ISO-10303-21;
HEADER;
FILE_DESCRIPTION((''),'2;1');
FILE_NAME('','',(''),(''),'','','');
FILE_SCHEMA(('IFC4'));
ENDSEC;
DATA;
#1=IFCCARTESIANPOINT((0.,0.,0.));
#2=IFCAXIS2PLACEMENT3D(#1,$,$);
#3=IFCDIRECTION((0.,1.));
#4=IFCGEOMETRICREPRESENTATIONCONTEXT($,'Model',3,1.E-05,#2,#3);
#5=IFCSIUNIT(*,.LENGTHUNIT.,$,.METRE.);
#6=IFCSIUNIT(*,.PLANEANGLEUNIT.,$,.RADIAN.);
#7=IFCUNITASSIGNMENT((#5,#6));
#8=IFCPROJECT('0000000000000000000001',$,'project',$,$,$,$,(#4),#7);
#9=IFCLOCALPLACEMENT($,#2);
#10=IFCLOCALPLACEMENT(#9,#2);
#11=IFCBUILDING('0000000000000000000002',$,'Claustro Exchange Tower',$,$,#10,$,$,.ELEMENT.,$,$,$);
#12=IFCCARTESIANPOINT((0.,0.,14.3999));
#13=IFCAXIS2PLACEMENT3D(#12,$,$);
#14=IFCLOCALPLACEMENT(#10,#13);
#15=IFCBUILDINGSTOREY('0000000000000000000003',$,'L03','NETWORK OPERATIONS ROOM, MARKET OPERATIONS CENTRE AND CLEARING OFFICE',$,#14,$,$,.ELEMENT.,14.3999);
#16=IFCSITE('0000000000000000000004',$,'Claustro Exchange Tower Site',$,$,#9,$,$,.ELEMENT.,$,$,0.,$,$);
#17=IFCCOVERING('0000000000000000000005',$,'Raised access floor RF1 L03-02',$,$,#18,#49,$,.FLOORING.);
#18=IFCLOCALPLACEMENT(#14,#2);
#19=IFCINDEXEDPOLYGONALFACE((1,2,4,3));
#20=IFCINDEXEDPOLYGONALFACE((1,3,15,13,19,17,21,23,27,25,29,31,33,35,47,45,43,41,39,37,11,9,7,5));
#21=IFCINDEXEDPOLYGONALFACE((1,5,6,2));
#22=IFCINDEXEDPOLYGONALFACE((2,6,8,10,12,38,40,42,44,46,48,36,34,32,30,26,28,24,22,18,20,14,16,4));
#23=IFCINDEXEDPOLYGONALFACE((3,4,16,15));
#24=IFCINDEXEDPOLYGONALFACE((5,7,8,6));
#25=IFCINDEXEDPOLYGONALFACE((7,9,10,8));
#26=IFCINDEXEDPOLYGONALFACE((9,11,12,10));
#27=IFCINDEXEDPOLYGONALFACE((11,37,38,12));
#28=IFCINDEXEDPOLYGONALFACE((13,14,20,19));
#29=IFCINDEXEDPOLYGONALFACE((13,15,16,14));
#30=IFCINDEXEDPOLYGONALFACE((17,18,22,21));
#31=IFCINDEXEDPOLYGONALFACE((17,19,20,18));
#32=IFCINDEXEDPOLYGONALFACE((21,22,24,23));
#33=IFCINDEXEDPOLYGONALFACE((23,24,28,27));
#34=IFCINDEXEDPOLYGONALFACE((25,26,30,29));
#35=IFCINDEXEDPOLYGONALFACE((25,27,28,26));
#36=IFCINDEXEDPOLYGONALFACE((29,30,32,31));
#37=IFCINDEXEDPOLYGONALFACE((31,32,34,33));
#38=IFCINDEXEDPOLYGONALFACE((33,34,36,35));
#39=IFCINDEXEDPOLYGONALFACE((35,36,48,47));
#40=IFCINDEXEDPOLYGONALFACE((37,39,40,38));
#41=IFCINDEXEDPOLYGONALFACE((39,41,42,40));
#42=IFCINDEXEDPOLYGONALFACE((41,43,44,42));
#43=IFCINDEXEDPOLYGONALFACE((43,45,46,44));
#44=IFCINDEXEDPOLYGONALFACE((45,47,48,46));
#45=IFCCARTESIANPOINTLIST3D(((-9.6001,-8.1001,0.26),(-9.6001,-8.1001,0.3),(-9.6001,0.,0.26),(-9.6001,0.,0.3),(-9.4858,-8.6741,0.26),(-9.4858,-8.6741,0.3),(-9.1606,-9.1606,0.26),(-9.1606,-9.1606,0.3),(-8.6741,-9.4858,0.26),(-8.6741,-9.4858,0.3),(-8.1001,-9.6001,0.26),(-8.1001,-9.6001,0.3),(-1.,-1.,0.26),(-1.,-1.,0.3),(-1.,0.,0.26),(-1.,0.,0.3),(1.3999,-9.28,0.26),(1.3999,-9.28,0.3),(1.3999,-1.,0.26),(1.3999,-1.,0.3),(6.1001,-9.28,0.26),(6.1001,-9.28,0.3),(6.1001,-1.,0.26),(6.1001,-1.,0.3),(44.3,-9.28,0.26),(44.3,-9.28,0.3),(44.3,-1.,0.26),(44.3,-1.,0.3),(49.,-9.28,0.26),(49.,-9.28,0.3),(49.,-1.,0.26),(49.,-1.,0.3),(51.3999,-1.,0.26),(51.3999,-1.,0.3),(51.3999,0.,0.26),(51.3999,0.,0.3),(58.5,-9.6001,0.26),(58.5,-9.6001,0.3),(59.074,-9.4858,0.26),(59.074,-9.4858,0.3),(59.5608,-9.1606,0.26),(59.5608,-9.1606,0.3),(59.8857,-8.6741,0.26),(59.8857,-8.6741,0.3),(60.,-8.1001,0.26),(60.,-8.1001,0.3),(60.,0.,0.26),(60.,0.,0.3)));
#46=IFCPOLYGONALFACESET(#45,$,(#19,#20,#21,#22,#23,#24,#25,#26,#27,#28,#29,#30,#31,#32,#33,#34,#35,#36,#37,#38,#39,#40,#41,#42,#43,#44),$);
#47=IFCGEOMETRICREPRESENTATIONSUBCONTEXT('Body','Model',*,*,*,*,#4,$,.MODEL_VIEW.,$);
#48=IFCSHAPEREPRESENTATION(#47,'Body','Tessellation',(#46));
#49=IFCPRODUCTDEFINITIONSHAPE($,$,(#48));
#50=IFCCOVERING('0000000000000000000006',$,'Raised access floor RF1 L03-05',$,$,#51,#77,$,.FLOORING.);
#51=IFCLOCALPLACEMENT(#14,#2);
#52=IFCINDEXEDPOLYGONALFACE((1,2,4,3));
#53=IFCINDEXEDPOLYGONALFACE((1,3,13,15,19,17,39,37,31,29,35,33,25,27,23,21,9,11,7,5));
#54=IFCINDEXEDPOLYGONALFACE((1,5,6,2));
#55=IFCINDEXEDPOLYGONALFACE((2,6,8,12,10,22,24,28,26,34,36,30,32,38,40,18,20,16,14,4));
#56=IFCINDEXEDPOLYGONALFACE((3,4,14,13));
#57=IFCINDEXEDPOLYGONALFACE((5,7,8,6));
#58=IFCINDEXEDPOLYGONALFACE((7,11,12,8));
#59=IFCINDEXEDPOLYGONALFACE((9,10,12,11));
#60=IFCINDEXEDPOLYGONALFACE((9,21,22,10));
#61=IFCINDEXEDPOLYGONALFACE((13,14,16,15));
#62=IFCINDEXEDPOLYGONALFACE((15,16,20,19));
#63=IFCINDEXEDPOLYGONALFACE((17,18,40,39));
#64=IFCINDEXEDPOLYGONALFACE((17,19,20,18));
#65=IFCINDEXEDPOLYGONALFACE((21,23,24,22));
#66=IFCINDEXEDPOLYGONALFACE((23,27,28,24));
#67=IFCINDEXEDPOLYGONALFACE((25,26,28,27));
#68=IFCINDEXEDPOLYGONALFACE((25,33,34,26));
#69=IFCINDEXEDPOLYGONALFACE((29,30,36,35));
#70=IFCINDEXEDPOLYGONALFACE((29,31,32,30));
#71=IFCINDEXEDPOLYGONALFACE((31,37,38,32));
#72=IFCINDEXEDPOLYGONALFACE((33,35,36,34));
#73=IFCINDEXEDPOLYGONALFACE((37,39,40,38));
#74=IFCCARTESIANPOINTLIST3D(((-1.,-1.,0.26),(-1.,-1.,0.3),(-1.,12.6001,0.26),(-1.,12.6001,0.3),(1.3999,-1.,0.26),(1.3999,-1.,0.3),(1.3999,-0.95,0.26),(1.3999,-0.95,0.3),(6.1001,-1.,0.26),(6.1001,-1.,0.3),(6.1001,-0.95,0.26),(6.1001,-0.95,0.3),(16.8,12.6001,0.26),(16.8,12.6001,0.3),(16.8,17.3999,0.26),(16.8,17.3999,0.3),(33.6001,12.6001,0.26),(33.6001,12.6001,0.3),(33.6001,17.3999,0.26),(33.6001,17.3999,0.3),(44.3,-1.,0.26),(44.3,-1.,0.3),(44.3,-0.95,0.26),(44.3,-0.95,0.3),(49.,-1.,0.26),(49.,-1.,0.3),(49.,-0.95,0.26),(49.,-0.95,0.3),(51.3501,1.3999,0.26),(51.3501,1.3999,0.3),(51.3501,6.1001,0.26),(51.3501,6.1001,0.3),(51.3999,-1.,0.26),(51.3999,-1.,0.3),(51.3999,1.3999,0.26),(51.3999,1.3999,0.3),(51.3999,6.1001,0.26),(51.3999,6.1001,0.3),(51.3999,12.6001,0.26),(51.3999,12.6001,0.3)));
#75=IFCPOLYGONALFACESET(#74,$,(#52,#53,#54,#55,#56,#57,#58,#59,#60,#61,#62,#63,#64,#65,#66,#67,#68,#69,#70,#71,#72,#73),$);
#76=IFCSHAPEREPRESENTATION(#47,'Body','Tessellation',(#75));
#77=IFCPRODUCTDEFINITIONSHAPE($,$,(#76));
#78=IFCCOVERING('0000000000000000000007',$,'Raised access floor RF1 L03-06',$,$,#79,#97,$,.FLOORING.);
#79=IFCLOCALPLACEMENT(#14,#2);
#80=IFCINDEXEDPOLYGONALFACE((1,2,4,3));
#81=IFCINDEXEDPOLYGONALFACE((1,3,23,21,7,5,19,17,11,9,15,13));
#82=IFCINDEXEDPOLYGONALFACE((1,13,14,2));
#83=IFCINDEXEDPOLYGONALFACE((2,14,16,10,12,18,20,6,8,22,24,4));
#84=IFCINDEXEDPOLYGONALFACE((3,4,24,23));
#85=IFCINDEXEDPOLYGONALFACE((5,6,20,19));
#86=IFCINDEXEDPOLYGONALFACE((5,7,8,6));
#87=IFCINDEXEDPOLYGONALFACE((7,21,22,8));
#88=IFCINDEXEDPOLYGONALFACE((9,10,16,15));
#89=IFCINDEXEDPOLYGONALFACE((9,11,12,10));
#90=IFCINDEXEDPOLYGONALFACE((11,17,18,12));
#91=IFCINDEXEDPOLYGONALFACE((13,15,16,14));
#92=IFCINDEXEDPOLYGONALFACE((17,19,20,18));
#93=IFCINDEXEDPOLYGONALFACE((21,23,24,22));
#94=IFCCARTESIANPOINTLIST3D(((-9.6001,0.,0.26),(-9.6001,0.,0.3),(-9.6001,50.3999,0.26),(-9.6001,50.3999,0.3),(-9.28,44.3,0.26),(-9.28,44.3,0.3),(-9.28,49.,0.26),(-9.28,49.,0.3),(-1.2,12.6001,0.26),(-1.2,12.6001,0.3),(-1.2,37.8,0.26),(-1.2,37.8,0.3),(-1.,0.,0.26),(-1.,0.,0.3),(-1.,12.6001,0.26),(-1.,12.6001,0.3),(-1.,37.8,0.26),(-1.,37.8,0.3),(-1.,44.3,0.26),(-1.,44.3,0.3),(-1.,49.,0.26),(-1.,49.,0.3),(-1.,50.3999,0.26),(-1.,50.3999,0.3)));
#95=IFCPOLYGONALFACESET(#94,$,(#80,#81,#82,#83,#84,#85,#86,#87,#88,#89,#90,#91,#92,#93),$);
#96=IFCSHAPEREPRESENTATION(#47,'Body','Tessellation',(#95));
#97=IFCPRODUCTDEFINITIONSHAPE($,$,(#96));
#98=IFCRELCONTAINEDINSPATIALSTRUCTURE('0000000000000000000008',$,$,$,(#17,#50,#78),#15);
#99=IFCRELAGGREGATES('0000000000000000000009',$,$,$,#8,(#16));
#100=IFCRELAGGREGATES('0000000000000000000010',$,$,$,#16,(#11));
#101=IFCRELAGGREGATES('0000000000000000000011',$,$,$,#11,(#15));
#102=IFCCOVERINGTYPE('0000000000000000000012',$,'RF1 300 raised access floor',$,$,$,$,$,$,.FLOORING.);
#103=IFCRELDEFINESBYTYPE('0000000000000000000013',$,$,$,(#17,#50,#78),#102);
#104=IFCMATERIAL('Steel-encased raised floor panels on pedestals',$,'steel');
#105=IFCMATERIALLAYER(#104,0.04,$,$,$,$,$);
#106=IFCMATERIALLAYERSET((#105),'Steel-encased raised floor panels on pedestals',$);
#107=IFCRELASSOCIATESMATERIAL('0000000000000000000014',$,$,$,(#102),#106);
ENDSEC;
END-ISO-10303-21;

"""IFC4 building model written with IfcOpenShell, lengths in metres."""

from ifc_helpers import new_model, si_unit, direction, frame, origin, place, context, subcontext, project, spatial, polyline, outline, extrude, material, layer, layer_set, type_object, element, save


model = new_model("IFC4")

# Units and contexts
model_context = context("Model", 3, precision=1e-05, world=origin(), true_north=direction((0.0, 1.0)))
body_context = subcontext(model_context, "Body", "Model", "MODEL_VIEW")
ifc_project = project(units=[si_unit("LENGTHUNIT", "METRE"), si_unit("PLANEANGLEUNIT", "RADIAN")], contexts=[model_context])

# Site, building, storey
site_placement = place(None, origin())
site = spatial("IfcSite", under=ifc_project, at=site_placement, Name="Claustro Exchange Tower Site", CompositionType="ELEMENT", RefElevation=0.0)
building_placement = place(site_placement, origin())
building = spatial("IfcBuilding", under=site, at=building_placement, Name="Claustro Exchange Tower", CompositionType="ELEMENT")
storey_placement = place(building_placement, frame((0.0, 0.0, 14.3999)))
storey = spatial("IfcBuildingStorey", under=building, at=storey_placement, Name="L03", Description="NETWORK OPERATIONS ROOM, MARKET OPERATIONS CENTRE AND CLEARING OFFICE", CompositionType="ELEMENT", Elevation=14.3999)

# Coverings
ifc_material_1 = material(Name="Steel-encased raised floor panels on pedestals", Category="steel")
ifc_layer_1 = layer(ifc_material_1, 0.04)
ifc_layer_set_1 = layer_set([ifc_layer_1], Name="Steel-encased raised floor panels on pedestals")
covering_type_1 = type_object("IfcCoveringType", Name="RF1 300 raised access floor", PredefinedType="FLOORING", material=ifc_layer_set_1)
covering_1_placement = place(storey_placement, frame((0.0, 0.0, 0.26)))
element("IfcCovering", 1, at=covering_1_placement, inside=storey, type_object=covering_type_1, Name="Raised access floor RF1 L03-02", PredefinedType="FLOORING", context=body_context, shape_type="SweptSolid", body=[
    extrude(outline(polyline([(59.8857, -8.6741), (60.0, -8.1001), (60.0, 0.0), (51.3999, 0.0), (51.3999, -1.0), (49.0, -1.0), (49.0, -9.28), (44.3, -9.28), (44.3, -1.0), (6.1001, -1.0), (6.1001, -9.28), (1.3999, -9.28), (1.3999, -1.0), (-1.0, -1.0), (-1.0, 0.0), (-9.6001, 0.0), (-9.6001, -8.1001), (-9.4858, -8.6741), (-9.1606, -9.1606), (-8.6741, -9.4858), (-8.1001, -9.6001), (58.5, -9.6001), (59.074, -9.4858), (59.5608, -9.1606), (59.8857, -8.6741)])), origin(), (0.0, 0.0, 1.0), 0.04),
])
covering_2_placement = place(storey_placement, frame((0.0, 0.0, 0.26)))
element("IfcCovering", 2, at=covering_2_placement, inside=storey, type_object=covering_type_1, Name="Raised access floor RF1 L03-05", PredefinedType="FLOORING", context=body_context, shape_type="SweptSolid", body=[
    extrude(outline(polyline([(16.8, 17.3999), (16.8, 12.6001), (-1.0, 12.6001), (-1.0, -1.0), (1.3999, -1.0), (1.3999, -0.95), (6.1001, -0.95), (6.1001, -1.0), (44.3, -1.0), (44.3, -0.95), (49.0, -0.95), (49.0, -1.0), (51.3999, -1.0), (51.3999, 1.3999), (51.3501, 1.3999), (51.3501, 6.1001), (51.3999, 6.1001), (51.3999, 12.6001), (33.6001, 12.6001), (33.6001, 17.3999), (16.8, 17.3999)])), origin(), (0.0, 0.0, 1.0), 0.04),
])
covering_3_placement = place(storey_placement, frame((0.0, 0.0, 0.26)))
element("IfcCovering", 3, at=covering_3_placement, inside=storey, type_object=covering_type_1, Name="Raised access floor RF1 L03-06", PredefinedType="FLOORING", context=body_context, shape_type="SweptSolid", body=[
    extrude(outline(polyline([(-1.0, 50.3999), (-9.6001, 50.3999), (-9.6001, 0.0), (-1.0, 0.0), (-1.0, 12.6001), (-1.2, 12.6001), (-1.2, 37.8), (-1.0, 37.8), (-1.0, 44.3), (-9.28, 44.3), (-9.28, 49.0), (-1.0, 49.0), (-1.0, 50.3999)])), origin(), (0.0, 0.0, 1.0), 0.04),
])

save(model, "model.ifc")
